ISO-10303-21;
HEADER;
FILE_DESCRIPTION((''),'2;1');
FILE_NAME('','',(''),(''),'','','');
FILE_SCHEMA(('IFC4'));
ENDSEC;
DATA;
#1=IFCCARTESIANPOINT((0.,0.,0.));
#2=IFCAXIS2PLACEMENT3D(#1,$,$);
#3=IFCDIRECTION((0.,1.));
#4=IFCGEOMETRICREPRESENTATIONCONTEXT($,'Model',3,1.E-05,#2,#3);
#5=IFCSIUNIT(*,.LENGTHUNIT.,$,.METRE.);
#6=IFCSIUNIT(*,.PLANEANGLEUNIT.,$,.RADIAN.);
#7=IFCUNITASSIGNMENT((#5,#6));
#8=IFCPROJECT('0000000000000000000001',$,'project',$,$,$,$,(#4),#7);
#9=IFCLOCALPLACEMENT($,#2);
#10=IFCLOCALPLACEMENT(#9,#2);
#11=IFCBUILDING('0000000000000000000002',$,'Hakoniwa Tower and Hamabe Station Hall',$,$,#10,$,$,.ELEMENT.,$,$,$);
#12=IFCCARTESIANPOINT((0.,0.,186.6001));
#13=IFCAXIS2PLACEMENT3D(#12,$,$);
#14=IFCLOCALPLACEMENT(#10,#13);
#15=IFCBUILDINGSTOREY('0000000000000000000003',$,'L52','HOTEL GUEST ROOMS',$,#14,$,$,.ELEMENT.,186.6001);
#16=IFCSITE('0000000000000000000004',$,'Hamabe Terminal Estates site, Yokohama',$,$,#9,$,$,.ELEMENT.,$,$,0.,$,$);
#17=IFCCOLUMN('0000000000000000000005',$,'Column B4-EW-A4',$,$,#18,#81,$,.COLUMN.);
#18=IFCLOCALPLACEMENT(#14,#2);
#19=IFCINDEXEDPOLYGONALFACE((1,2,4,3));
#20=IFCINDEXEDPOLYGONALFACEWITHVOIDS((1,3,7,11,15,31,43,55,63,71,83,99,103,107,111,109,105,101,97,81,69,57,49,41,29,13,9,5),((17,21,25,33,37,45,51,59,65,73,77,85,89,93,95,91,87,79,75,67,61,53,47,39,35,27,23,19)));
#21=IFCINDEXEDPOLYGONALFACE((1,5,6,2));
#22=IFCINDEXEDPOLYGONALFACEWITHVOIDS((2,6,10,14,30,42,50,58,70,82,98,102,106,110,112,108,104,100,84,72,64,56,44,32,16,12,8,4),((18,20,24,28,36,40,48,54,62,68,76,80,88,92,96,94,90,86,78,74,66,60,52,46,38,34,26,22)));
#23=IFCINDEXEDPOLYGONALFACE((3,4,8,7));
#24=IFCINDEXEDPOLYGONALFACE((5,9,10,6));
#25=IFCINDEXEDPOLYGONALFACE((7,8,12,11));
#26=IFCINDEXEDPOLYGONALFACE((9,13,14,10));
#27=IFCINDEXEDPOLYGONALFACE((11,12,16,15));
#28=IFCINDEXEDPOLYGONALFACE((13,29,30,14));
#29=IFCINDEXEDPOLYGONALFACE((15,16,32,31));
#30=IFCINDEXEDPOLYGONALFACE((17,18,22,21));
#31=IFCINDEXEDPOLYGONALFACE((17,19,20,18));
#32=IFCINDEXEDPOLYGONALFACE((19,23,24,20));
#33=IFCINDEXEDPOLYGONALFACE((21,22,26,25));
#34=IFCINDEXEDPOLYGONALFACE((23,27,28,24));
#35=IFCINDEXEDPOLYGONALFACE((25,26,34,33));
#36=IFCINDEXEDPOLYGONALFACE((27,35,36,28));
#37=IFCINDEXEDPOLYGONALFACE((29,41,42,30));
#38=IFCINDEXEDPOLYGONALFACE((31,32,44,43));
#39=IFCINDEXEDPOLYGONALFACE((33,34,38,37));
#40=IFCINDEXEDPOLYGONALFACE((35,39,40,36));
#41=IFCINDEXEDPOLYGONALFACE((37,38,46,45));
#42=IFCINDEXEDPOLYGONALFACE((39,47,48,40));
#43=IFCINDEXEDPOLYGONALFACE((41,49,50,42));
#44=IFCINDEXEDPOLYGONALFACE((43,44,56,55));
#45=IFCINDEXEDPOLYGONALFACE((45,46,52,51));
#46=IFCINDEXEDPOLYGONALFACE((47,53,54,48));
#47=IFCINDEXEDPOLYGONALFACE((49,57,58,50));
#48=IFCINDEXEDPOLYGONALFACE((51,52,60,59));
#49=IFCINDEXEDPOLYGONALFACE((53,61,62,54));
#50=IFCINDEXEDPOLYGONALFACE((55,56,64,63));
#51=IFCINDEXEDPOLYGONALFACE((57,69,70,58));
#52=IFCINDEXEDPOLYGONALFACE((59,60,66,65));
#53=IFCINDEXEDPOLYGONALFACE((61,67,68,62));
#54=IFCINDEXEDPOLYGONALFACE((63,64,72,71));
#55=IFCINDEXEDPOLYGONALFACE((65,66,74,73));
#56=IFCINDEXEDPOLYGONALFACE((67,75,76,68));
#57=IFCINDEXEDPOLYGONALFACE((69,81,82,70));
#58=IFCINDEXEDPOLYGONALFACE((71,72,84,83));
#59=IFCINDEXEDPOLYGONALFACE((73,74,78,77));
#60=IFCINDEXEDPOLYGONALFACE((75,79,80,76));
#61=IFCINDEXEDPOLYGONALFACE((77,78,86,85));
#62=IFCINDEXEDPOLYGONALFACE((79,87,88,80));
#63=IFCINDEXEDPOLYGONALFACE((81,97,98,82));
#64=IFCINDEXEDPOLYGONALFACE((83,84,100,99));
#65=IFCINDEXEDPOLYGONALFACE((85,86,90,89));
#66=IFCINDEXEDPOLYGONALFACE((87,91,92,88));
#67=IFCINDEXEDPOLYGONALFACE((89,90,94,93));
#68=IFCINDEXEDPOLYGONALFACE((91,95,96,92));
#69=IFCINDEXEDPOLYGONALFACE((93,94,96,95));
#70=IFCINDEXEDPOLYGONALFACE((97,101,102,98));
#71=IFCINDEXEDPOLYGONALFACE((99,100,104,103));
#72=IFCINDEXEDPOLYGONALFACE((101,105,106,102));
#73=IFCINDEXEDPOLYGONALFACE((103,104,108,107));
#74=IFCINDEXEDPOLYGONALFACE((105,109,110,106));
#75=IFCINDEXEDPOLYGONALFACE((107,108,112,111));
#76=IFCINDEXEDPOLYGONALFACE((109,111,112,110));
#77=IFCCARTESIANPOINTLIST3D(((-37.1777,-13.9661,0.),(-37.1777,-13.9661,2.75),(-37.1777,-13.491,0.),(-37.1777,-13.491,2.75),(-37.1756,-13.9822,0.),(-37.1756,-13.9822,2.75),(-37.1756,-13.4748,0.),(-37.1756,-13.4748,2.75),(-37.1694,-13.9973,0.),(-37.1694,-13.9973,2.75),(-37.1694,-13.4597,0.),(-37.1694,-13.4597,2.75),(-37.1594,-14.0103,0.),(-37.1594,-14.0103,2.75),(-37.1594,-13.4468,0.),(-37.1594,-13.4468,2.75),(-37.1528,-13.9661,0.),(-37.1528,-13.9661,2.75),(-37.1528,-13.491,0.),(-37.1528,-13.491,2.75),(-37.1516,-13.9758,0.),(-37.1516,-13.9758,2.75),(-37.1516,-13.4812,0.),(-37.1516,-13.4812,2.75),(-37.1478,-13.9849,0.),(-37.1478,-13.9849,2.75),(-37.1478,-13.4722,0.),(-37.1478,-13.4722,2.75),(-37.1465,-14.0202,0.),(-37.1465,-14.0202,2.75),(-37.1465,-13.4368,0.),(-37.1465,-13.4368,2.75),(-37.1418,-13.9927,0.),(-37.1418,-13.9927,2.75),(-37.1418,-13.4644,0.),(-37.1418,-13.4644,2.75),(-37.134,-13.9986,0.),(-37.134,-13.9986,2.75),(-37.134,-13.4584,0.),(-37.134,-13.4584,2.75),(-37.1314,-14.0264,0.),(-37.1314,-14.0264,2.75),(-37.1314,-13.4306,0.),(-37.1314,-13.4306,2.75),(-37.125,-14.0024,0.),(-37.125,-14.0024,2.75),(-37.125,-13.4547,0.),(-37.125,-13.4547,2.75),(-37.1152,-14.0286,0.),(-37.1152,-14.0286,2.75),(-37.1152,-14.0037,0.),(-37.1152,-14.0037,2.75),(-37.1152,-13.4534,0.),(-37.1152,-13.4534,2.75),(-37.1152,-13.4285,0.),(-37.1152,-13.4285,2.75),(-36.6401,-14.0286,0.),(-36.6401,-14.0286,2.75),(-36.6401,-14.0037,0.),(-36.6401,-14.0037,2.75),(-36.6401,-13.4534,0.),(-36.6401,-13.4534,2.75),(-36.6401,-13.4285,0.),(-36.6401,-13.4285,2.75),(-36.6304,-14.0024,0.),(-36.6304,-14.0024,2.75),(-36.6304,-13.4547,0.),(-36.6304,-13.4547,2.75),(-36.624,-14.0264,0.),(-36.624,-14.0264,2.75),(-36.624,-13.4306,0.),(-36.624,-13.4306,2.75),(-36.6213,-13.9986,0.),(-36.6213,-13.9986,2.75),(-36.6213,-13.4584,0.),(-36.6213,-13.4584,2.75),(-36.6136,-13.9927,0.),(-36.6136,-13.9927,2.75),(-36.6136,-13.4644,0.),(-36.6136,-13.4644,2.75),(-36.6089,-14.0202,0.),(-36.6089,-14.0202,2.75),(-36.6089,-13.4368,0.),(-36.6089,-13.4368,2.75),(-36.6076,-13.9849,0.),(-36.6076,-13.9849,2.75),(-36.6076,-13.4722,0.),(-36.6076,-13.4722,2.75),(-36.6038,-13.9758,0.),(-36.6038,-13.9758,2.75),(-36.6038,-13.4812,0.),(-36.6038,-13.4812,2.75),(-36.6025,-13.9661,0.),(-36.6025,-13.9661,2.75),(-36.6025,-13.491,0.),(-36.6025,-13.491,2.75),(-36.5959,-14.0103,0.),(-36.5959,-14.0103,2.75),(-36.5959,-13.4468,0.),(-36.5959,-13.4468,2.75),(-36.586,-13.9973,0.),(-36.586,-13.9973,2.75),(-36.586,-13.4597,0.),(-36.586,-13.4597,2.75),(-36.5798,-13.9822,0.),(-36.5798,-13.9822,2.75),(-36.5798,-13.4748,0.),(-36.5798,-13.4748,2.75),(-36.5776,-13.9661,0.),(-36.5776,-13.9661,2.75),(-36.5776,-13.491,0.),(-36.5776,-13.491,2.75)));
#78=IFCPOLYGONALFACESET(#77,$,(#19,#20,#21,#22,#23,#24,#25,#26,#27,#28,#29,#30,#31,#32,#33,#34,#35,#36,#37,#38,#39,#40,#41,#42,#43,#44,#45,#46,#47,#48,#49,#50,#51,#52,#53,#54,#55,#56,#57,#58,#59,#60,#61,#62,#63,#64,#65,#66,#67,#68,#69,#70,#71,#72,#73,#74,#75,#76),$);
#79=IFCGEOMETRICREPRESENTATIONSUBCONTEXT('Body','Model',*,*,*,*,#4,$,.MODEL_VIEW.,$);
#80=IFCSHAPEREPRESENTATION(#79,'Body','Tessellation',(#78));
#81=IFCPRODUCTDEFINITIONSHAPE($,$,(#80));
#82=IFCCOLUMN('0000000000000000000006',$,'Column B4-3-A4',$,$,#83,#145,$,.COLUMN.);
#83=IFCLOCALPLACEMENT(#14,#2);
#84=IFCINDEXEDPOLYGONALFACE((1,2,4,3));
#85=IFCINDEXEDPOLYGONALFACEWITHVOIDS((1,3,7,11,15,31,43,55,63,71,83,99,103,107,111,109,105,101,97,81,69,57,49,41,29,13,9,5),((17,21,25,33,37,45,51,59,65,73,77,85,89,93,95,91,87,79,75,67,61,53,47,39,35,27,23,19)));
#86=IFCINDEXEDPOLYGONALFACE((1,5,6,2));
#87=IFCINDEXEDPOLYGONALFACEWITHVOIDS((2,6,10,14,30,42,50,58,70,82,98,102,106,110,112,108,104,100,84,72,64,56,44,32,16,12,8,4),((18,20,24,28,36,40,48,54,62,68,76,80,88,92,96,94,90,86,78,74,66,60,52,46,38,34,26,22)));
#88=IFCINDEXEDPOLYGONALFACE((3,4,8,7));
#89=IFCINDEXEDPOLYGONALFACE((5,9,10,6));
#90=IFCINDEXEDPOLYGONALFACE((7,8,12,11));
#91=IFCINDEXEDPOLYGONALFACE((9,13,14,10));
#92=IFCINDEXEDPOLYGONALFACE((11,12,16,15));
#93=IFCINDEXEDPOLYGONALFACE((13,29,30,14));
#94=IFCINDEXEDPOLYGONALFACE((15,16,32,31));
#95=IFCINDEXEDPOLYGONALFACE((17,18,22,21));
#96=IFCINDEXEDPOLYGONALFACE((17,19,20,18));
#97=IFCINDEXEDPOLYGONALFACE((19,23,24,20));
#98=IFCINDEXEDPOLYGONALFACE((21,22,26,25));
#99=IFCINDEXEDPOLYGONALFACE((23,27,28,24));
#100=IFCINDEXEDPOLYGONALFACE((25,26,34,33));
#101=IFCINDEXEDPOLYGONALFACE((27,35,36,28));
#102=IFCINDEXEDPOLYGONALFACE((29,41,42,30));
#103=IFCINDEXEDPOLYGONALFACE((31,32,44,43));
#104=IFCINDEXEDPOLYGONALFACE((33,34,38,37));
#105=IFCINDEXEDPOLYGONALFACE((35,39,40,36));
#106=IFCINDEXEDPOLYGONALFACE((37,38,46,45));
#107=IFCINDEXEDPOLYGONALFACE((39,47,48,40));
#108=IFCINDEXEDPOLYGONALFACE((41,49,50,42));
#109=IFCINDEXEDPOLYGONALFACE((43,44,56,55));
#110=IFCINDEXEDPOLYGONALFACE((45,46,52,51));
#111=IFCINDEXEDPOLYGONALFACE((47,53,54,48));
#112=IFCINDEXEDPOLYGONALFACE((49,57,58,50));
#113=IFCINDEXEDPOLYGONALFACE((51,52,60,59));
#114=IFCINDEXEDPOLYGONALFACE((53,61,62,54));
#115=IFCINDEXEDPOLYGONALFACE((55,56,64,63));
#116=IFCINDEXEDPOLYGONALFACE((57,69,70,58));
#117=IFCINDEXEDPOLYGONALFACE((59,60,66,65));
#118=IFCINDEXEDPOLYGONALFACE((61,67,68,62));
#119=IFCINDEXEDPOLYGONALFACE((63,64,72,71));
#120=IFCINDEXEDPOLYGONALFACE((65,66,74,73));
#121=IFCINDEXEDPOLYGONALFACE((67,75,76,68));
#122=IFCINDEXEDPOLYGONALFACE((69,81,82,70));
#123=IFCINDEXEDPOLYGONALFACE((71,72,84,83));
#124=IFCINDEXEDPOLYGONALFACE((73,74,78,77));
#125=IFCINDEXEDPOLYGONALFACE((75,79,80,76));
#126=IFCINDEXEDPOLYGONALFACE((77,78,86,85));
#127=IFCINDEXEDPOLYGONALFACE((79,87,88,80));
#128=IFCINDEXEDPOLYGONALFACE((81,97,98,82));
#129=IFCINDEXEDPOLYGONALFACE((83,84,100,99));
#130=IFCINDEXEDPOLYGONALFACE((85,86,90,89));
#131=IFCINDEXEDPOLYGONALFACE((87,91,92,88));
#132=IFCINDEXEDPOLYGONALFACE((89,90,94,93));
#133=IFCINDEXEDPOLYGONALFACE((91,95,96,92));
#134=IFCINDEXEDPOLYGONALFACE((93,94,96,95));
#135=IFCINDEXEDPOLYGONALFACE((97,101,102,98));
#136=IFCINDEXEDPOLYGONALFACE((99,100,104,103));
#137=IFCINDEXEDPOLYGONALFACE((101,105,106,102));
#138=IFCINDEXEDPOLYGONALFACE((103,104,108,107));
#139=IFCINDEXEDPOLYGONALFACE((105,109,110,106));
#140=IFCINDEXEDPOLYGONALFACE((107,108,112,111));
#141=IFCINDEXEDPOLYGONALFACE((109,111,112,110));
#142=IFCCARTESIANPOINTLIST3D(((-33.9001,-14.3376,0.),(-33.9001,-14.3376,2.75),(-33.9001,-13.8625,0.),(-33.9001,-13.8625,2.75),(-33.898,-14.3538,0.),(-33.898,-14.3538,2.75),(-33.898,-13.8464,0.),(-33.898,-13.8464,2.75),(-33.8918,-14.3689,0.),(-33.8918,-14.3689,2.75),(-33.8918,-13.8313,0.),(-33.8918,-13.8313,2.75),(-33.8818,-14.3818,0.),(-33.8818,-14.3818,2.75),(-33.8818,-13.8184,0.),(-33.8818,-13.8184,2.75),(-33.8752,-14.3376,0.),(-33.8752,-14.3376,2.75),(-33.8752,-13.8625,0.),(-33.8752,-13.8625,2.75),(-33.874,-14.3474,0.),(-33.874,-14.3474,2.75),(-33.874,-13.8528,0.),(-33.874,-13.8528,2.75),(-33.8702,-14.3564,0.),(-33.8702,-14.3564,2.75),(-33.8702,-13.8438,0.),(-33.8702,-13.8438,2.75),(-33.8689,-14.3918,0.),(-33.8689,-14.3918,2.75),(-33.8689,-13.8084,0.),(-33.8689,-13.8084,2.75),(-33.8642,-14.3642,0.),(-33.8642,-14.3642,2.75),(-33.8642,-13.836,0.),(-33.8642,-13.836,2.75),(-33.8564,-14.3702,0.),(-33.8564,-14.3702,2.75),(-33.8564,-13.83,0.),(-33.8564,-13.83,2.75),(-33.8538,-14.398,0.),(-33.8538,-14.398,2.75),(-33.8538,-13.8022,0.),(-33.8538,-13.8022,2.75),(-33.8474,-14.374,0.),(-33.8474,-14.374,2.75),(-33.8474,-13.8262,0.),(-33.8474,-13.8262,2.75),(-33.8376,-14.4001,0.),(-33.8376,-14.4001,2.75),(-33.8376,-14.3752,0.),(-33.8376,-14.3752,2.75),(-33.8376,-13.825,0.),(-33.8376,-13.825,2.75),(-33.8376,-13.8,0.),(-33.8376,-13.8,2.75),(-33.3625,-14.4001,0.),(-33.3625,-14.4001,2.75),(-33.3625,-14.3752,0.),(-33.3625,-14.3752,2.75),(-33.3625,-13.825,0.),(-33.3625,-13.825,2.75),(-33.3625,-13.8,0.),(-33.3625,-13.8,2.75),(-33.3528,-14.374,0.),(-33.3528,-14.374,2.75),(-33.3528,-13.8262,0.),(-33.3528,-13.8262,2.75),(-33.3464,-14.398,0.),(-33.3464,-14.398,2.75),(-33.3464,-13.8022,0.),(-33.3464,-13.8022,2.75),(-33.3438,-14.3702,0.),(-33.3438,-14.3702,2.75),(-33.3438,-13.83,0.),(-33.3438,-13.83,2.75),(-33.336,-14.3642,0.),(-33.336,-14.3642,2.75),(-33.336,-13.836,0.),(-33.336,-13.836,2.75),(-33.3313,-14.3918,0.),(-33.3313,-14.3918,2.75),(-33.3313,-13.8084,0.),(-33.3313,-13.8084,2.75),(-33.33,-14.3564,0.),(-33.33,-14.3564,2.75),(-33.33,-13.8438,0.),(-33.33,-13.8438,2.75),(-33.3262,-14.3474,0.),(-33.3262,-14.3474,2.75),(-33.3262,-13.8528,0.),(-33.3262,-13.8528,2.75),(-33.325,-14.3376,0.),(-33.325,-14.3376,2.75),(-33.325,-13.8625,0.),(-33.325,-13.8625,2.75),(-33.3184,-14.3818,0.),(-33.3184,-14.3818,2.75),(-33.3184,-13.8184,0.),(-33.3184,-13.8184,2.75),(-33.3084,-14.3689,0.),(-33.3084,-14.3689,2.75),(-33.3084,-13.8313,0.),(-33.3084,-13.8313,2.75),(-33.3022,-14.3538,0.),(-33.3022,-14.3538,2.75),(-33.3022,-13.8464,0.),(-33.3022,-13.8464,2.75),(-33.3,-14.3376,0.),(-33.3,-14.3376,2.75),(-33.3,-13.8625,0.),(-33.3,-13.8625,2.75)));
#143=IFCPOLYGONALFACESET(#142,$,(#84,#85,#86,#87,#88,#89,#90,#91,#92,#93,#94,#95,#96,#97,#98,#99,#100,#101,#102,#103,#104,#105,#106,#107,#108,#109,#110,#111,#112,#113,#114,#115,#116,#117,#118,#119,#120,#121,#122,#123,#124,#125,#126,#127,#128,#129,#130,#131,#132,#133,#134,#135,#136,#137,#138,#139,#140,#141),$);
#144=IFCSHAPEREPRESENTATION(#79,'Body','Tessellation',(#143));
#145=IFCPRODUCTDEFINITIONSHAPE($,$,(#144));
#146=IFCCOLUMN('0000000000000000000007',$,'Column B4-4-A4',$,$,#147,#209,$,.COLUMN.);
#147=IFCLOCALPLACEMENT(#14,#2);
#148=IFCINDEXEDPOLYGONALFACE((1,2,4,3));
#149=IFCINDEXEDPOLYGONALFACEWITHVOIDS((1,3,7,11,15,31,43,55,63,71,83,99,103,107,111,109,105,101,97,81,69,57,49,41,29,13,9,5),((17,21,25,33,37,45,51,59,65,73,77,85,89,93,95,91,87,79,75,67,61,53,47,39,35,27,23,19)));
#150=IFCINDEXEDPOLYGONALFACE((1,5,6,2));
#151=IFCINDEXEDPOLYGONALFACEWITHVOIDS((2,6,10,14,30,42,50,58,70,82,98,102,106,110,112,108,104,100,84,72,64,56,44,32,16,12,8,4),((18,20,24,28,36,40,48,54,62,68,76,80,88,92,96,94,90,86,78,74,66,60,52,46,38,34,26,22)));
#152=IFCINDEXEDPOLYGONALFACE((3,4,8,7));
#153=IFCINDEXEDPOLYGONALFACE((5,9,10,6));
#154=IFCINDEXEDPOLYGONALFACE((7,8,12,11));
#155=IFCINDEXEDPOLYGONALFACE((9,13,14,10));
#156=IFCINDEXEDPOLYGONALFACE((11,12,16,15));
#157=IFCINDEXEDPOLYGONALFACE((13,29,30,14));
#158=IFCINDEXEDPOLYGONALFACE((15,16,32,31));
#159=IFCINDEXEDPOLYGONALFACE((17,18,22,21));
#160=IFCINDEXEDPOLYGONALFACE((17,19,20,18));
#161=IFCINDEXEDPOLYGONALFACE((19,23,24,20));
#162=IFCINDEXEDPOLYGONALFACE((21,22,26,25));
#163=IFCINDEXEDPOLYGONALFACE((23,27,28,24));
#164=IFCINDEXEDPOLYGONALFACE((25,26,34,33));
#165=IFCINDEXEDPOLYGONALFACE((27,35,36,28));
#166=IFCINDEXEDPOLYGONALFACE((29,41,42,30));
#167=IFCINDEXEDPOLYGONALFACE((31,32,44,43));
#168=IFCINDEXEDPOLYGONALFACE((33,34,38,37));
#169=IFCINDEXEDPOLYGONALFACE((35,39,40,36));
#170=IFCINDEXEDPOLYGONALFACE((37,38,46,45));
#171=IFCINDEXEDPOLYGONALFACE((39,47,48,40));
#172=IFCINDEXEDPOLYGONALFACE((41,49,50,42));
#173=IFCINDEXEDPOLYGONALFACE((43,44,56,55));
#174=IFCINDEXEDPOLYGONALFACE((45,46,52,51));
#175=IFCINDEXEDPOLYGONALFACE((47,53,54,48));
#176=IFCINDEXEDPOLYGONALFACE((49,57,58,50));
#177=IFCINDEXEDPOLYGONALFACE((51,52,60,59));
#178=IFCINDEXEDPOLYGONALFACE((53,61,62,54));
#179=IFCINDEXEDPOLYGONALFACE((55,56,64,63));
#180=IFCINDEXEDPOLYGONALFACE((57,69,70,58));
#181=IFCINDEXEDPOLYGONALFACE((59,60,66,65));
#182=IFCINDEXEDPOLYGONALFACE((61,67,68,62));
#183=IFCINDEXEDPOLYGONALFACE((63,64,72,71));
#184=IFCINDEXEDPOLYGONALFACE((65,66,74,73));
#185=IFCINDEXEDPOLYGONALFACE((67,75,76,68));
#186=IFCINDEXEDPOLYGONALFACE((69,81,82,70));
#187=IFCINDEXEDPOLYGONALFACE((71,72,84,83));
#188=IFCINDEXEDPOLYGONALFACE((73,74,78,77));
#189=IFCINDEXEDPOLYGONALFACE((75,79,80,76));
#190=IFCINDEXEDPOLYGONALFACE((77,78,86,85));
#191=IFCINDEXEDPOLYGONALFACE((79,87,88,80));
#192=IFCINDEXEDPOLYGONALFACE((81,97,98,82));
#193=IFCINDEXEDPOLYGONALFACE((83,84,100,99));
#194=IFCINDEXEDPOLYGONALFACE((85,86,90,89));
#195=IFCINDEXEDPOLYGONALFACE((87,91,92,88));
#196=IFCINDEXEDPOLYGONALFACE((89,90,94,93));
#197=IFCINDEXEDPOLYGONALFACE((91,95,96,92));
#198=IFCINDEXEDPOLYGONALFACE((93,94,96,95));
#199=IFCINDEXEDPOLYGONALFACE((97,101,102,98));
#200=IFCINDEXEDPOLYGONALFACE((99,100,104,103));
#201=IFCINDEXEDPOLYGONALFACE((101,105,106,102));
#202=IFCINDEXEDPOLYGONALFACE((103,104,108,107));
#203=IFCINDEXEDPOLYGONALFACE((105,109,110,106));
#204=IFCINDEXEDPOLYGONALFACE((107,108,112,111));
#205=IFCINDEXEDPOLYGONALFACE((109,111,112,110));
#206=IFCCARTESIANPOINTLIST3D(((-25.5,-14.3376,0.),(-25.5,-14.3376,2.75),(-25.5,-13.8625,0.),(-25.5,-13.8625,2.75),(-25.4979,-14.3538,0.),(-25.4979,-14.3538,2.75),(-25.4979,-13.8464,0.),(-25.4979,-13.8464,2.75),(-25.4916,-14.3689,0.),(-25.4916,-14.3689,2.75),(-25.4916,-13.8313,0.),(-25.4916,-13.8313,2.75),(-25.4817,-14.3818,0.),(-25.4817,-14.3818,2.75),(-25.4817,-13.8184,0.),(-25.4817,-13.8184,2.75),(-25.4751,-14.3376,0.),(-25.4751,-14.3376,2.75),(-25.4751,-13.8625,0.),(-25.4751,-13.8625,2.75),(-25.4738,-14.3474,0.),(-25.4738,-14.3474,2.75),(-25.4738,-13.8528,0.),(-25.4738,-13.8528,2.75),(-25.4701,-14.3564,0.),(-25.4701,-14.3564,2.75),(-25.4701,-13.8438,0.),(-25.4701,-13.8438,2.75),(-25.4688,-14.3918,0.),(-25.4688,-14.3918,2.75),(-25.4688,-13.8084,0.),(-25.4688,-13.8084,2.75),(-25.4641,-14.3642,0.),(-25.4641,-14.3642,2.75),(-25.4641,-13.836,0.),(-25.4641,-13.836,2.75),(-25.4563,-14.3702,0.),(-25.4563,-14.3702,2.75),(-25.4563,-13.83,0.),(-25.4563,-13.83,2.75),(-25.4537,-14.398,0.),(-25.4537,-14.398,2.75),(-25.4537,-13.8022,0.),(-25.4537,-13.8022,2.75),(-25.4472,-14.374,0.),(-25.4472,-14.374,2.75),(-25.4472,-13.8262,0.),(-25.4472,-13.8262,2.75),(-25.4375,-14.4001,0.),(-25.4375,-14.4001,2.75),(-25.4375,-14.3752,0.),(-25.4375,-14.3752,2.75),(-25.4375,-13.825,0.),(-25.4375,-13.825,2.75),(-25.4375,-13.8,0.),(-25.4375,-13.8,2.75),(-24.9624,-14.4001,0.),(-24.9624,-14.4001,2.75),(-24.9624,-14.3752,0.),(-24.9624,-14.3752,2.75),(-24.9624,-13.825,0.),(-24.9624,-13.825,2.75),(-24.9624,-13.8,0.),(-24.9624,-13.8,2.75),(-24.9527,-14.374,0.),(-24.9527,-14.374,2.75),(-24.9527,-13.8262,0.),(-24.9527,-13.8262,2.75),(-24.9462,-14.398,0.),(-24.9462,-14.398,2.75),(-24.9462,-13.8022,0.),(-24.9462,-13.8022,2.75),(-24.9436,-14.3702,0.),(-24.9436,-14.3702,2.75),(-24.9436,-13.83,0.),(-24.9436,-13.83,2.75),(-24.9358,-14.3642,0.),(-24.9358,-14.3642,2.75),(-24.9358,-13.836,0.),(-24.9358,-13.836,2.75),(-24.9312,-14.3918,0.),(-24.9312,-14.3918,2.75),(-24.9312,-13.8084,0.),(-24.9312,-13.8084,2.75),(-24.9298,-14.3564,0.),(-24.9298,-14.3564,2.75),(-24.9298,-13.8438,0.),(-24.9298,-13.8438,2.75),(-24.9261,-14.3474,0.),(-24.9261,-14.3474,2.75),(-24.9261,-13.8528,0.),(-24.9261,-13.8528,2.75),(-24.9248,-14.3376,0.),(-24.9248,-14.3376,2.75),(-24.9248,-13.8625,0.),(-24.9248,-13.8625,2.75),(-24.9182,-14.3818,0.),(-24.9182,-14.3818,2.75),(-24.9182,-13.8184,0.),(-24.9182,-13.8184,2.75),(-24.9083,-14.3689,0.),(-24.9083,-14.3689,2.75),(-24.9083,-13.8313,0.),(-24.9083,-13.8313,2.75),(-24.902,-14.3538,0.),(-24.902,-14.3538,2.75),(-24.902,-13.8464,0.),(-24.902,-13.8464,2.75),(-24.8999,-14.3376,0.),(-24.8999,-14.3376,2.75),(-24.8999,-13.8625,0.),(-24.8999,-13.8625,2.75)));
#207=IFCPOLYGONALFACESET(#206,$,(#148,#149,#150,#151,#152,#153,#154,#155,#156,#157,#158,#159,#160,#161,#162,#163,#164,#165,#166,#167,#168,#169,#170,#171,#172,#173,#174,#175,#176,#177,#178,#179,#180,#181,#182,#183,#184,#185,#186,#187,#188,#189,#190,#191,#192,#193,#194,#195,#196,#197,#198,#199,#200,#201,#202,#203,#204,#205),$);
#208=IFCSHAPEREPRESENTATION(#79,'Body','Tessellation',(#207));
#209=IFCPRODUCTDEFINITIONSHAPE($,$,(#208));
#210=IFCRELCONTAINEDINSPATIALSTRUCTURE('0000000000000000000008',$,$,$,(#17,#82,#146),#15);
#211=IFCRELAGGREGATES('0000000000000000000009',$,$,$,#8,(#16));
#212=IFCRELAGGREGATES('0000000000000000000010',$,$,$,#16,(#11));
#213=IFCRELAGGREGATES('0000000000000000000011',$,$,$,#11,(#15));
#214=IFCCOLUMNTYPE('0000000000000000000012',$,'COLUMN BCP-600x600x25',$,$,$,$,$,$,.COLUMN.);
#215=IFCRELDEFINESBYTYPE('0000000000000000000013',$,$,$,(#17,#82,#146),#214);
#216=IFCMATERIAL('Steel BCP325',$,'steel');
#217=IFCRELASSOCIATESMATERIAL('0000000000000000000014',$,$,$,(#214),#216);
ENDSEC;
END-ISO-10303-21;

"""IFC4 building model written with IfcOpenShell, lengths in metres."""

from ifc_helpers import new_model, si_unit, direction, frame, origin, origin_2d, place, context, subcontext, project, spatial, hollow_rectangle, extrude, material, material_profile, profile_set, type_object, element, save


model = new_model("IFC4")

# Units and contexts
model_context = context("Model", 3, precision=1e-05, world=origin(), true_north=direction((0.0, 1.0)))
body_context = subcontext(model_context, "Body", "Model", "MODEL_VIEW")
ifc_project = project(units=[si_unit("LENGTHUNIT", "METRE"), si_unit("PLANEANGLEUNIT", "RADIAN")], contexts=[model_context])

# Site, building, storey
site_placement = place(None, origin())
site = spatial("IfcSite", under=ifc_project, at=site_placement, Name="Hamabe Terminal Estates site, Yokohama", CompositionType="ELEMENT", RefElevation=0.0)
building_placement = place(site_placement, origin())
building = spatial("IfcBuilding", under=site, at=building_placement, Name="Hakoniwa Tower and Hamabe Station Hall", CompositionType="ELEMENT")
storey_placement = place(building_placement, frame((0.0, 0.0, 186.6001)))
storey = spatial("IfcBuildingStorey", under=building, at=storey_placement, Name="L52", Description="HOTEL GUEST ROOMS", CompositionType="ELEMENT", Elevation=186.6001)

# Columns
ifc_material_1 = material(Name="Steel BCP325", Category="steel")
ifc_material_profile_1 = material_profile(ifc_material_1, hollow_rectangle(XDim=0.6001, YDim=0.6001, WallThickness=0.0249, InnerFilletRadius=0.0376, OuterFilletRadius=0.0625, at=origin_2d()), Name="BCP-600x600x25")
ifc_profile_set_1 = profile_set([ifc_material_profile_1], Name="Steel BCP325")
column_type = type_object("IfcColumnType", Name="COLUMN BCP-600x600x25", PredefinedType="COLUMN", material=ifc_profile_set_1)
for number, where, z_axis, x_axis, name in (
    (1, (-36.8777, -13.7285, 0.0), (0.0, 0.0, 1.0), (1.0, 0.0, 0.0), "Column B4-EW-A4"),
    (2, (-33.6001, -14.1001, 0.0), (0.0, 0.0, 1.0), (1.0, 0.0, 0.0), "Column B4-3-A4"),
    (3, (-25.2, -14.1001, 0.0), (0.0, 0.0, 1.0), (1.0, 0.0, 0.0), "Column B4-4-A4"),
):
    element("IfcColumn", number, at=place(storey_placement, frame(where, z_axis=z_axis, x_axis=x_axis)), inside=storey, type_object=column_type, Name=name, PredefinedType="COLUMN", context=body_context, shape_type="SweptSolid", body=[
        extrude(hollow_rectangle(XDim=0.6001, YDim=0.6001, WallThickness=0.0249, InnerFilletRadius=0.0376, OuterFilletRadius=0.0625, at=origin_2d()), origin(), (0.0, 0.0, 1.0), 2.75),
    ])

save(model, "model.ifc")
